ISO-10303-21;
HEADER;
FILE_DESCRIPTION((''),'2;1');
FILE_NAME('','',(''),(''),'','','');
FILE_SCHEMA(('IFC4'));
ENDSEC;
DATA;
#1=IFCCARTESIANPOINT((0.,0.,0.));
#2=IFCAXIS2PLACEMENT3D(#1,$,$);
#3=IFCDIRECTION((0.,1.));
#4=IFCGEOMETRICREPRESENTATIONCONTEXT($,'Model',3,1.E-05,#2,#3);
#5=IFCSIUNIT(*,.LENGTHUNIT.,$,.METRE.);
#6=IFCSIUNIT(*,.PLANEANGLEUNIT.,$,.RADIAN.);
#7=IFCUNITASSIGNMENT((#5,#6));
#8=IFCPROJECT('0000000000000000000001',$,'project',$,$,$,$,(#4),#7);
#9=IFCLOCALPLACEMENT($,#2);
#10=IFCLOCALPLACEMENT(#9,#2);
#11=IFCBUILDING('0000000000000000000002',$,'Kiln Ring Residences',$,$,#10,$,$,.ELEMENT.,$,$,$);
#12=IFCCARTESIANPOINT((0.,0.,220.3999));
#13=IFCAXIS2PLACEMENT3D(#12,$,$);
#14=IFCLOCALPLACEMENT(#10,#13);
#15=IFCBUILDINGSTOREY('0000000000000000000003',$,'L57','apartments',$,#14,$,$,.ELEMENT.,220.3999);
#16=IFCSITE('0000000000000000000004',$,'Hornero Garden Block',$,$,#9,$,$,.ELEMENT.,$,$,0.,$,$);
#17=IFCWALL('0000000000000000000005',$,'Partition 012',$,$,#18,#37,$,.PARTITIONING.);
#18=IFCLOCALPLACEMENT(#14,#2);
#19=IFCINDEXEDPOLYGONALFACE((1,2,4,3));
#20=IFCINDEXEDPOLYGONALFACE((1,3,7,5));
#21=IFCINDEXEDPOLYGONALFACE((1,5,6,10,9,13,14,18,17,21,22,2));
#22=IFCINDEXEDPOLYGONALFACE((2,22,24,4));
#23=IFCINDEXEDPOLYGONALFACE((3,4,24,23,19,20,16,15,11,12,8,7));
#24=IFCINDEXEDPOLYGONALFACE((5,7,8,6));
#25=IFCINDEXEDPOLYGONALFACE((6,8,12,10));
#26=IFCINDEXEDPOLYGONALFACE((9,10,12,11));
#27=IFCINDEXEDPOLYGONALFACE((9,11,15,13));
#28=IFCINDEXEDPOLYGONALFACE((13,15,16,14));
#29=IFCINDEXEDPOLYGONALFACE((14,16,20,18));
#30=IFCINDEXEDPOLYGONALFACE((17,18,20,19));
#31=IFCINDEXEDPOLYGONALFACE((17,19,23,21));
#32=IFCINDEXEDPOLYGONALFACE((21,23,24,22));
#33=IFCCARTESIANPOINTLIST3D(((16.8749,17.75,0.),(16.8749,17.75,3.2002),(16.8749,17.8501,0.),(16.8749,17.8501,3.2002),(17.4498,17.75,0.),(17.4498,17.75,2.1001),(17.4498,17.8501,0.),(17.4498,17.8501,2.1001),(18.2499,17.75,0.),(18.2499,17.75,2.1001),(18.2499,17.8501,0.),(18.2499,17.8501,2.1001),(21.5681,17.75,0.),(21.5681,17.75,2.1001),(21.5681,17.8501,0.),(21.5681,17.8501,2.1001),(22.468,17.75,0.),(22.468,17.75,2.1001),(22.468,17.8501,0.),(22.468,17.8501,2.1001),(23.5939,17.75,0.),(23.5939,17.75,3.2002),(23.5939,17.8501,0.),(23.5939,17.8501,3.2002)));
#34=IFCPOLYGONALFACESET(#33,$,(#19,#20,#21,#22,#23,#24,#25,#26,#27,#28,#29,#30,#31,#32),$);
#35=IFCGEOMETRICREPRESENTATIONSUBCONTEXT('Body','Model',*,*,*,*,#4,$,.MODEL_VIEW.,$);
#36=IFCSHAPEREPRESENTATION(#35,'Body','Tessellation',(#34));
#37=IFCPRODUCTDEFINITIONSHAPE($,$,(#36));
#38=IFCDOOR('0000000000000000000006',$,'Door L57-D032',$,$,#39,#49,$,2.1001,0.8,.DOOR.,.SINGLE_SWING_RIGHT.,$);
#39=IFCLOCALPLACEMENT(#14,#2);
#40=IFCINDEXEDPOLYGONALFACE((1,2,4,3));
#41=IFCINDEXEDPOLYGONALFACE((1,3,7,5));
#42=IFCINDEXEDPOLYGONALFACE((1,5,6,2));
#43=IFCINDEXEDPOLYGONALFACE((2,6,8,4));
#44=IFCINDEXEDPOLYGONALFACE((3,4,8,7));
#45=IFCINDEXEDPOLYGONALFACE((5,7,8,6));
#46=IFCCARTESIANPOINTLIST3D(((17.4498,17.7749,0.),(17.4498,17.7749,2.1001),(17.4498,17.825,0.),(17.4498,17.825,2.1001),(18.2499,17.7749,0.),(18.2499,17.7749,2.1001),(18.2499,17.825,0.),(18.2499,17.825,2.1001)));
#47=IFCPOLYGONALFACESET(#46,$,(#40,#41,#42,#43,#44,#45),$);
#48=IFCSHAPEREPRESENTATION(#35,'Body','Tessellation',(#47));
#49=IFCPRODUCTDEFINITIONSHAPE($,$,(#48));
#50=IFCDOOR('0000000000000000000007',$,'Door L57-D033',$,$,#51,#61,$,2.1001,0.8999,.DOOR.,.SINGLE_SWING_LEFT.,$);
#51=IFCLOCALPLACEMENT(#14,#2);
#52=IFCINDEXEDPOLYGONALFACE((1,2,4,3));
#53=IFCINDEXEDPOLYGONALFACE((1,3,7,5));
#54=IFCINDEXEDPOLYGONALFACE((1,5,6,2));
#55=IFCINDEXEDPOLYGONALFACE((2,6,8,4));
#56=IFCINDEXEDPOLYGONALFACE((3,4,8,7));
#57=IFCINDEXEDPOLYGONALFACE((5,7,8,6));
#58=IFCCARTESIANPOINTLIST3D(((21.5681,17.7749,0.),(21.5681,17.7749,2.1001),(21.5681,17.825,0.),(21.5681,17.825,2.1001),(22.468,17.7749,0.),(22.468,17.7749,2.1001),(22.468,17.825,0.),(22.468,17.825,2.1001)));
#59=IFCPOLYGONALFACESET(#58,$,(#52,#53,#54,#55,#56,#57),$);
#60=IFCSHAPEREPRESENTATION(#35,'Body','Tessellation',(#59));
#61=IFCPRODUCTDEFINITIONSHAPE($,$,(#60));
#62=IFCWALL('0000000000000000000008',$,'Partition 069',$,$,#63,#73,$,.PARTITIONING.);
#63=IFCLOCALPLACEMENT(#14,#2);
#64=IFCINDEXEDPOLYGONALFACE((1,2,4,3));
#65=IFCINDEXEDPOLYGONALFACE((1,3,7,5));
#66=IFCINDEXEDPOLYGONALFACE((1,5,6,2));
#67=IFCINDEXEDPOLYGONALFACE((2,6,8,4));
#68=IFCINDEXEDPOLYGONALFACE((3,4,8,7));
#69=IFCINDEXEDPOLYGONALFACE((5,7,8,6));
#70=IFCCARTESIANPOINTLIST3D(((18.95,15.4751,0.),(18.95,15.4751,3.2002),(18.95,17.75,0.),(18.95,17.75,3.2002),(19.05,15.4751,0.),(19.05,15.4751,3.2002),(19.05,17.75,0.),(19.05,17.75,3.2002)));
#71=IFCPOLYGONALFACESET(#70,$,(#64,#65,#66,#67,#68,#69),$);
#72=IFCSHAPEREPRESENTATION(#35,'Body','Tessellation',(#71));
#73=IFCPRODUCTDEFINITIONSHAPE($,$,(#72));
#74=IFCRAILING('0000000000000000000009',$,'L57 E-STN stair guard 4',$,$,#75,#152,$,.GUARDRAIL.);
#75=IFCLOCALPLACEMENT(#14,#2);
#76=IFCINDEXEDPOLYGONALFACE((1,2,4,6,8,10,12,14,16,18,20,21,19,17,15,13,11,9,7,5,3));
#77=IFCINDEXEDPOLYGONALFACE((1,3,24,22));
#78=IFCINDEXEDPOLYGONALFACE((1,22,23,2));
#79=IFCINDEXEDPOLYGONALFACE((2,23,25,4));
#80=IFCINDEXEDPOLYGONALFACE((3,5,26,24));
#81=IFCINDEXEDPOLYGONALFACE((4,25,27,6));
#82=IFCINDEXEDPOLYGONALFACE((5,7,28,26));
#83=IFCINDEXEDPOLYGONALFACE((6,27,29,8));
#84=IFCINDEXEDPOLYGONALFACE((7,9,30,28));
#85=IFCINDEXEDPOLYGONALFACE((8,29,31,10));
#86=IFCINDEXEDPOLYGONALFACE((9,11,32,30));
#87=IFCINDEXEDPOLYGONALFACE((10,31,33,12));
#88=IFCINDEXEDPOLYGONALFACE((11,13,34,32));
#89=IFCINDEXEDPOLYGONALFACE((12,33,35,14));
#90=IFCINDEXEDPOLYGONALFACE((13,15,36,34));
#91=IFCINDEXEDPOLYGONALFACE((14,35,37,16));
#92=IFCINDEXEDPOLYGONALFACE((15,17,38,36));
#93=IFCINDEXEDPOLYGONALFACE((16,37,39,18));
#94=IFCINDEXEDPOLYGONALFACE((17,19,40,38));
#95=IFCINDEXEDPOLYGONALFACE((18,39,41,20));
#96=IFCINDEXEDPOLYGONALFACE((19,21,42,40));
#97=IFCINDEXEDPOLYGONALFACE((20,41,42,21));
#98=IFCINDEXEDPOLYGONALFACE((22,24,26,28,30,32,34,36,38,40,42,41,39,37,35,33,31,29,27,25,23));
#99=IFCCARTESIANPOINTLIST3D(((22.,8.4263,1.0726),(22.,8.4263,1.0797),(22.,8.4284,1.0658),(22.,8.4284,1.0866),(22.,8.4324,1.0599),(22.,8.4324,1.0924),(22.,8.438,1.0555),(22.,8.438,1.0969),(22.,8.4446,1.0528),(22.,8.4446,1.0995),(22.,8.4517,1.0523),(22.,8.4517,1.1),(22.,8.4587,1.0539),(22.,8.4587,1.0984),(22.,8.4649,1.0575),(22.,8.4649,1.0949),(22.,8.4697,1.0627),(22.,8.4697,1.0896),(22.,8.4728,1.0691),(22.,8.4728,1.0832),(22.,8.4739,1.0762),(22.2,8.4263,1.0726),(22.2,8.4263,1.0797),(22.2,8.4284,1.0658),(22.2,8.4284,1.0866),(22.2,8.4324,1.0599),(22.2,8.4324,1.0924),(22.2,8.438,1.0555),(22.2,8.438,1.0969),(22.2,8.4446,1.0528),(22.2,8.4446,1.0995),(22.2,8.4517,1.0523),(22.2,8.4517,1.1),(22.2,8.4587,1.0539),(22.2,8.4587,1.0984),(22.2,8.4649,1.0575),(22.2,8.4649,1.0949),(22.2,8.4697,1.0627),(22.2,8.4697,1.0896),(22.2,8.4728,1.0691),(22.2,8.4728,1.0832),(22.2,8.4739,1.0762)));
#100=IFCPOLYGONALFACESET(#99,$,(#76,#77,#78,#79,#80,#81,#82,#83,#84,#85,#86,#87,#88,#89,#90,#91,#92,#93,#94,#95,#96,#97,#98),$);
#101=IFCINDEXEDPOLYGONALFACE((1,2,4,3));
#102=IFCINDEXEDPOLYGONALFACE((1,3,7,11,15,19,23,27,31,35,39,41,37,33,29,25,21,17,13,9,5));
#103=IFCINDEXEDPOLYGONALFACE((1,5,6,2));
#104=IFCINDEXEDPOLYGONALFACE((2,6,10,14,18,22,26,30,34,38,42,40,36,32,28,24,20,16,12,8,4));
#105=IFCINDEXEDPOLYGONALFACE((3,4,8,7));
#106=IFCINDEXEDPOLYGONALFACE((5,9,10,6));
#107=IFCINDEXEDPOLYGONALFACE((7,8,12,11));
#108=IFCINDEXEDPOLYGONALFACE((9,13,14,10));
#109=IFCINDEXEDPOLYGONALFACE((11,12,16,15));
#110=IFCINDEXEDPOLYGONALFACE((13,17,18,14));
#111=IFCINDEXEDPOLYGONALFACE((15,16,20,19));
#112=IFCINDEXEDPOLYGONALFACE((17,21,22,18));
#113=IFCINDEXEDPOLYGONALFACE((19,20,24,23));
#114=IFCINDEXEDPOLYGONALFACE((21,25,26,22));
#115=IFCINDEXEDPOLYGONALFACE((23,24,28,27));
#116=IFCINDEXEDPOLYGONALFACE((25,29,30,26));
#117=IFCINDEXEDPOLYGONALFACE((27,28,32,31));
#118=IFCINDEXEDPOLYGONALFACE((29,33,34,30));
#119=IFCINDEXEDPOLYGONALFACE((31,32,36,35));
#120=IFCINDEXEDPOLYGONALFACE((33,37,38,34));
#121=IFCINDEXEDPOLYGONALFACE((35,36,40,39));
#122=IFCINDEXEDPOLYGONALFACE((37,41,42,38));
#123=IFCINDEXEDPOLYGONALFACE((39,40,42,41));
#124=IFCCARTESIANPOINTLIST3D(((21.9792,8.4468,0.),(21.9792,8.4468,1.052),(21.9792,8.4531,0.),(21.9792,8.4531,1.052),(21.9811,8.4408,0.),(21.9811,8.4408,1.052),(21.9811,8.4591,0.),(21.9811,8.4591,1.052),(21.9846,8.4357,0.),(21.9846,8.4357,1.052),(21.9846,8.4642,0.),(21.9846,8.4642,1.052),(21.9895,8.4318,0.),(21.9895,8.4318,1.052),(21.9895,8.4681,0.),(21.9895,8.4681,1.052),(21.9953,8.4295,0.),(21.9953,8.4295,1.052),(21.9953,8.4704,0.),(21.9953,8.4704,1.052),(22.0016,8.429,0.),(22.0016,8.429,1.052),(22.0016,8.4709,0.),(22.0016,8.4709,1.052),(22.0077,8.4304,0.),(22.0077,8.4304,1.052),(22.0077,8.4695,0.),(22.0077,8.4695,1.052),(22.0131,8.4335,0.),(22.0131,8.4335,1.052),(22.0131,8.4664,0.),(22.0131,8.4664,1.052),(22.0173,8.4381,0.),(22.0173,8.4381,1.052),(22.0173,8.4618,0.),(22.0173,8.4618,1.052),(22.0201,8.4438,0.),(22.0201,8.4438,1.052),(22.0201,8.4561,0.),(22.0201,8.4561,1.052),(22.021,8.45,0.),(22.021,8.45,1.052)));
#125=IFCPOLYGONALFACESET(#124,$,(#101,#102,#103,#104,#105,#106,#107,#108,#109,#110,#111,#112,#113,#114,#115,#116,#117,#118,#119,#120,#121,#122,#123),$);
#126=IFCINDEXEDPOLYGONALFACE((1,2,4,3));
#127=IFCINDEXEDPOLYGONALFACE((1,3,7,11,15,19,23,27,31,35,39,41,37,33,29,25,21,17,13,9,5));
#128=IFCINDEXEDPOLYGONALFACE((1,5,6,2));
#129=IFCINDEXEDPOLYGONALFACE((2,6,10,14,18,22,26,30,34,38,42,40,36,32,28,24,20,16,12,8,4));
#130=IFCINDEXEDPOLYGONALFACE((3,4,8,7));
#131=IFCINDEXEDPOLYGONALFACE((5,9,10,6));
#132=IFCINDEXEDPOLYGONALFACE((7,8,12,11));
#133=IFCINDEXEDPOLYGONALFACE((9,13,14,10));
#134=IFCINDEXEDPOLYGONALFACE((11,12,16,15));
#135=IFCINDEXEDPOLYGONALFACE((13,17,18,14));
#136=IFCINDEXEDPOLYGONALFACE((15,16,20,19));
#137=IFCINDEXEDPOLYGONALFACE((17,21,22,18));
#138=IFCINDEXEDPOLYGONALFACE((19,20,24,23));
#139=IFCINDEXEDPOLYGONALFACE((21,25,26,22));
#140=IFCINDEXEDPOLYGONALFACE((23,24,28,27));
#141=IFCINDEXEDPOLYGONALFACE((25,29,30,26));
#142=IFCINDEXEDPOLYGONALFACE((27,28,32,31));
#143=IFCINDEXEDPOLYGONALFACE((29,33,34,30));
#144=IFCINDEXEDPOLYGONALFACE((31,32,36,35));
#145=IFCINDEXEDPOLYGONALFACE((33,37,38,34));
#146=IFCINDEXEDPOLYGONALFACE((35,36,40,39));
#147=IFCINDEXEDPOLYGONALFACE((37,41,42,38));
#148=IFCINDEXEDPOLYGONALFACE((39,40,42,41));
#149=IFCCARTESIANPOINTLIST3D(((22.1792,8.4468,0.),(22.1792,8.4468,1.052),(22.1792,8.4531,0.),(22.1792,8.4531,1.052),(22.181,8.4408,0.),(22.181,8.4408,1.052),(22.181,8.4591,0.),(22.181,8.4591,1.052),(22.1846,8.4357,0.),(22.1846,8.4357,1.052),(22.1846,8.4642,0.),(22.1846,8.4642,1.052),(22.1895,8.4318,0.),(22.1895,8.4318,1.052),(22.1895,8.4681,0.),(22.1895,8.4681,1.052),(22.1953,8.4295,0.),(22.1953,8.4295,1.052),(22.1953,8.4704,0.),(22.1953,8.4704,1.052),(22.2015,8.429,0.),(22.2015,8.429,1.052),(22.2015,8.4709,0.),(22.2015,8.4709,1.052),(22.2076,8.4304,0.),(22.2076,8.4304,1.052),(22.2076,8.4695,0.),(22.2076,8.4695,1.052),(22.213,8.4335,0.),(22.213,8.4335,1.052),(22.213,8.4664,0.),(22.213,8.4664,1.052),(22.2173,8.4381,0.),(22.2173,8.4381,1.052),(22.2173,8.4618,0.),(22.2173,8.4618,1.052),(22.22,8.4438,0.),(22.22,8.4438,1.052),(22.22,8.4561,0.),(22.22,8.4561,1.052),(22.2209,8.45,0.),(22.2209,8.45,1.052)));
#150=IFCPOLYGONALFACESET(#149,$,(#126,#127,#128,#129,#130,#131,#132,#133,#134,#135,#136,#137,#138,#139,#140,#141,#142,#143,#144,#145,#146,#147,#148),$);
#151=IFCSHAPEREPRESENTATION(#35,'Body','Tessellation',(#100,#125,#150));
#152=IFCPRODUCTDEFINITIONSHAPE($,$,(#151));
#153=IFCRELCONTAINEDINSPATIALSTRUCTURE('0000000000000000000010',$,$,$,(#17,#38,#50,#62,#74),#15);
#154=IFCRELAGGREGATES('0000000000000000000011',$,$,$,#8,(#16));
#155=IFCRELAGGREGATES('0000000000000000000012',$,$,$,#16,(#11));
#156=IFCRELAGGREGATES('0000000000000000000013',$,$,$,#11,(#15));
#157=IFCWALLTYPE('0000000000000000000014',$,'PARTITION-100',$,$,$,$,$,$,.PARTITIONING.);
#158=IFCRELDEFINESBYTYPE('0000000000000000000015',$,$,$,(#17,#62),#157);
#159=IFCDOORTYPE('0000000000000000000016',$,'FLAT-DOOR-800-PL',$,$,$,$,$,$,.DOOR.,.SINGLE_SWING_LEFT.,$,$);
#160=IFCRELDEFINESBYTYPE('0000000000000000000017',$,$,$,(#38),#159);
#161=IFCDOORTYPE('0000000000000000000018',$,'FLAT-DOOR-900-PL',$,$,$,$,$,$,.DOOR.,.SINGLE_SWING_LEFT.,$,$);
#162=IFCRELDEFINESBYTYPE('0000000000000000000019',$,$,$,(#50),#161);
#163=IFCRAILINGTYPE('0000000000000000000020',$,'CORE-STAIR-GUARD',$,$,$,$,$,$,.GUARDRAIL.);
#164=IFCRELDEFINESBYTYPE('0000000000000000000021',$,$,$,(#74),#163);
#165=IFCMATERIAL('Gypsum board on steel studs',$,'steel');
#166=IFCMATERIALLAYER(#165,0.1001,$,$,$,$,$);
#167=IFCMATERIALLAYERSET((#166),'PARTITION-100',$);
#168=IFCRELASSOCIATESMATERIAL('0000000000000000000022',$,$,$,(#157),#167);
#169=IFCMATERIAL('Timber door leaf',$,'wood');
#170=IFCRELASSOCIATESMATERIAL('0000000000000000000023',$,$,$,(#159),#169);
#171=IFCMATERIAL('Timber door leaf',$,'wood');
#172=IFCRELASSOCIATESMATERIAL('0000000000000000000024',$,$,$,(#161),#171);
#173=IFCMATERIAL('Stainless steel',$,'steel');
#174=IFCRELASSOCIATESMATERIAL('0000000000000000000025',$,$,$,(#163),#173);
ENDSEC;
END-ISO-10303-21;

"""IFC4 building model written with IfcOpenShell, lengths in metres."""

from ifc_helpers import new_model, si_unit, direction, frame, frame_2d, origin, origin_2d, place, context, subcontext, project, spatial, rectangle, circle, extrude, material, layer, layer_set, type_object, element, fill, save


model = new_model("IFC4")

# Units and contexts
model_context = context("Model", 3, precision=1e-05, world=origin(), true_north=direction((0.0, 1.0)))
body_context = subcontext(model_context, "Body", "Model", "MODEL_VIEW")
ifc_project = project(units=[si_unit("LENGTHUNIT", "METRE"), si_unit("PLANEANGLEUNIT", "RADIAN")], contexts=[model_context])

# Site, building, storey
site_placement = place(None, origin())
site = spatial("IfcSite", under=ifc_project, at=site_placement, Name="Hornero Garden Block", CompositionType="ELEMENT", RefElevation=0.0)
building_placement = place(site_placement, origin())
building = spatial("IfcBuilding", under=site, at=building_placement, Name="Kiln Ring Residences", CompositionType="ELEMENT")
storey_placement = place(building_placement, frame((0.0, 0.0, 220.3999)))
storey = spatial("IfcBuildingStorey", under=building, at=storey_placement, Name="L57", Description="apartments", CompositionType="ELEMENT", Elevation=220.3999)

# Wall, openings, doors
ifc_material_1 = material(Name="Gypsum board on steel studs", Category="steel")
ifc_layer_1 = layer(ifc_material_1, 0.1001)
ifc_layer_set_1 = layer_set([ifc_layer_1], Name="PARTITION-100")
wall_type_1 = type_object("IfcWallType", Name="PARTITION-100", PredefinedType="PARTITIONING", material=ifc_layer_set_1)
wall_1_placement = place(storey_placement, frame((16.875, 17.8, 0.0), z_axis=(0.0, 0.0, 1.0), x_axis=(1.0, 0.0, 0.0)))
wall_1 = element("IfcWall", 1, at=wall_1_placement, inside=storey, type_object=wall_type_1, Name="Partition 012", PredefinedType="PARTITIONING", context=body_context, shape_type="SweptSolid", body=[
    extrude(rectangle(XDim=6.719, YDim=0.1001, at=frame_2d((3.3594, 0.0))), origin(), (0.0, 0.0, 1.0), 3.2002),
])
opening_1_placement = place(wall_1_placement, frame((0.575, 0.0, 0.0)))
opening_1 = element("IfcOpeningElement", 2, at=opening_1_placement, cuts=wall_1, PredefinedType="OPENING", context=body_context, shape_type="SweptSolid", body=[
    extrude(rectangle(XDim=0.8, YDim=2.1001, at=frame_2d((0.3999, 1.05))), frame((0.0, 0.0601, 0.0), z_axis=(0.0, -1.0, 0.0), x_axis=(1.0, 0.0, 0.0)), (0.0, 0.0, 1.0), 0.1201),
])
opening_2_placement = place(wall_1_placement, frame((4.6931, 0.0, 0.0)))
opening_2 = element("IfcOpeningElement", 3, at=opening_2_placement, cuts=wall_1, PredefinedType="OPENING", context=body_context, shape_type="SweptSolid", body=[
    extrude(rectangle(XDim=0.8999, YDim=2.1001, at=frame_2d((0.45, 1.05))), frame((0.0, 0.0601, 0.0), z_axis=(0.0, -1.0, 0.0), x_axis=(1.0, 0.0, 0.0)), (0.0, 0.0, 1.0), 0.1201),
])
ifc_material_2 = material(Name="Timber door leaf", Category="wood")
door_type_1 = type_object("IfcDoorType", Name="FLAT-DOOR-800-PL", OperationType="SINGLE_SWING_LEFT", PredefinedType="DOOR", material=ifc_material_2)
door_1_placement = place(opening_1_placement, origin())
door_1 = element("IfcDoor", 4, at=door_1_placement, inside=storey, type_object=door_type_1, Name="Door L57-D032", OperationType="SINGLE_SWING_RIGHT", OverallHeight=2.1001, OverallWidth=0.8, PredefinedType="DOOR", context=body_context, shape_type="SweptSolid", body=[
    extrude(rectangle(XDim=0.8, YDim=2.1001, at=frame_2d((0.3999, 1.05))), frame((0.0, 0.0249, 0.0), z_axis=(0.0, -1.0, 0.0), x_axis=(1.0, 0.0, 0.0)), (0.0, 0.0, 1.0), 0.05),
])
fill(opening_1, door_1)
ifc_material_3 = material(Name="Timber door leaf", Category="wood")
door_type_2 = type_object("IfcDoorType", Name="FLAT-DOOR-900-PL", OperationType="SINGLE_SWING_LEFT", PredefinedType="DOOR", material=ifc_material_3)
door_2_placement = place(opening_2_placement, origin())
door_2 = element("IfcDoor", 5, at=door_2_placement, inside=storey, type_object=door_type_2, Name="Door L57-D033", OperationType="SINGLE_SWING_LEFT", OverallHeight=2.1001, OverallWidth=0.8999, PredefinedType="DOOR", context=body_context, shape_type="SweptSolid", body=[
    extrude(rectangle(XDim=0.8999, YDim=2.1001, at=frame_2d((0.45, 1.05))), frame((0.0, 0.0249, 0.0), z_axis=(0.0, -1.0, 0.0), x_axis=(1.0, 0.0, 0.0)), (0.0, 0.0, 1.0), 0.05),
])
fill(opening_2, door_2)

# Wall
wall_2_placement = place(storey_placement, frame((19.0, 15.4751, 0.0), z_axis=(0.0, 0.0, 1.0), x_axis=(0.0, 1.0, 0.0)))
element("IfcWall", 6, at=wall_2_placement, inside=storey, type_object=wall_type_1, Name="Partition 069", PredefinedType="PARTITIONING", context=body_context, shape_type="SweptSolid", body=[
    extrude(rectangle(XDim=2.2749, YDim=0.1001, at=frame_2d((1.1375, 0.0))), origin(), (0.0, 0.0, 1.0), 3.2002),
])

# Railing
ifc_material_4 = material(Name="Stainless steel", Category="steel")
railing_type = type_object("IfcRailingType", Name="CORE-STAIR-GUARD", PredefinedType="GUARDRAIL", material=ifc_material_4)
railing_placement = place(storey_placement, frame((22.0, 8.45, 0.0)))
element("IfcRailing", 7, at=railing_placement, inside=storey, type_object=railing_type, Name="L57 E-STN stair guard 4", PredefinedType="GUARDRAIL", context=body_context, shape_type="SweptSolid", body=[
    extrude(circle(Radius=0.0239, at=origin_2d()), frame((0.0, 0.0, 1.0762), z_axis=(1.0, 0.0, 0.0), x_axis=(0.0, 1.0, 0.0)), (0.0, 0.0, 1.0), 0.2),
    extrude(circle(Radius=0.021, at=origin_2d()), origin(), (0.0, 0.0, 1.0), 1.052),
    extrude(circle(Radius=0.021, at=origin_2d()), frame((0.2, 0.0, 0.0)), (0.0, 0.0, 1.0), 1.052),
])

save(model, "model.ifc")
